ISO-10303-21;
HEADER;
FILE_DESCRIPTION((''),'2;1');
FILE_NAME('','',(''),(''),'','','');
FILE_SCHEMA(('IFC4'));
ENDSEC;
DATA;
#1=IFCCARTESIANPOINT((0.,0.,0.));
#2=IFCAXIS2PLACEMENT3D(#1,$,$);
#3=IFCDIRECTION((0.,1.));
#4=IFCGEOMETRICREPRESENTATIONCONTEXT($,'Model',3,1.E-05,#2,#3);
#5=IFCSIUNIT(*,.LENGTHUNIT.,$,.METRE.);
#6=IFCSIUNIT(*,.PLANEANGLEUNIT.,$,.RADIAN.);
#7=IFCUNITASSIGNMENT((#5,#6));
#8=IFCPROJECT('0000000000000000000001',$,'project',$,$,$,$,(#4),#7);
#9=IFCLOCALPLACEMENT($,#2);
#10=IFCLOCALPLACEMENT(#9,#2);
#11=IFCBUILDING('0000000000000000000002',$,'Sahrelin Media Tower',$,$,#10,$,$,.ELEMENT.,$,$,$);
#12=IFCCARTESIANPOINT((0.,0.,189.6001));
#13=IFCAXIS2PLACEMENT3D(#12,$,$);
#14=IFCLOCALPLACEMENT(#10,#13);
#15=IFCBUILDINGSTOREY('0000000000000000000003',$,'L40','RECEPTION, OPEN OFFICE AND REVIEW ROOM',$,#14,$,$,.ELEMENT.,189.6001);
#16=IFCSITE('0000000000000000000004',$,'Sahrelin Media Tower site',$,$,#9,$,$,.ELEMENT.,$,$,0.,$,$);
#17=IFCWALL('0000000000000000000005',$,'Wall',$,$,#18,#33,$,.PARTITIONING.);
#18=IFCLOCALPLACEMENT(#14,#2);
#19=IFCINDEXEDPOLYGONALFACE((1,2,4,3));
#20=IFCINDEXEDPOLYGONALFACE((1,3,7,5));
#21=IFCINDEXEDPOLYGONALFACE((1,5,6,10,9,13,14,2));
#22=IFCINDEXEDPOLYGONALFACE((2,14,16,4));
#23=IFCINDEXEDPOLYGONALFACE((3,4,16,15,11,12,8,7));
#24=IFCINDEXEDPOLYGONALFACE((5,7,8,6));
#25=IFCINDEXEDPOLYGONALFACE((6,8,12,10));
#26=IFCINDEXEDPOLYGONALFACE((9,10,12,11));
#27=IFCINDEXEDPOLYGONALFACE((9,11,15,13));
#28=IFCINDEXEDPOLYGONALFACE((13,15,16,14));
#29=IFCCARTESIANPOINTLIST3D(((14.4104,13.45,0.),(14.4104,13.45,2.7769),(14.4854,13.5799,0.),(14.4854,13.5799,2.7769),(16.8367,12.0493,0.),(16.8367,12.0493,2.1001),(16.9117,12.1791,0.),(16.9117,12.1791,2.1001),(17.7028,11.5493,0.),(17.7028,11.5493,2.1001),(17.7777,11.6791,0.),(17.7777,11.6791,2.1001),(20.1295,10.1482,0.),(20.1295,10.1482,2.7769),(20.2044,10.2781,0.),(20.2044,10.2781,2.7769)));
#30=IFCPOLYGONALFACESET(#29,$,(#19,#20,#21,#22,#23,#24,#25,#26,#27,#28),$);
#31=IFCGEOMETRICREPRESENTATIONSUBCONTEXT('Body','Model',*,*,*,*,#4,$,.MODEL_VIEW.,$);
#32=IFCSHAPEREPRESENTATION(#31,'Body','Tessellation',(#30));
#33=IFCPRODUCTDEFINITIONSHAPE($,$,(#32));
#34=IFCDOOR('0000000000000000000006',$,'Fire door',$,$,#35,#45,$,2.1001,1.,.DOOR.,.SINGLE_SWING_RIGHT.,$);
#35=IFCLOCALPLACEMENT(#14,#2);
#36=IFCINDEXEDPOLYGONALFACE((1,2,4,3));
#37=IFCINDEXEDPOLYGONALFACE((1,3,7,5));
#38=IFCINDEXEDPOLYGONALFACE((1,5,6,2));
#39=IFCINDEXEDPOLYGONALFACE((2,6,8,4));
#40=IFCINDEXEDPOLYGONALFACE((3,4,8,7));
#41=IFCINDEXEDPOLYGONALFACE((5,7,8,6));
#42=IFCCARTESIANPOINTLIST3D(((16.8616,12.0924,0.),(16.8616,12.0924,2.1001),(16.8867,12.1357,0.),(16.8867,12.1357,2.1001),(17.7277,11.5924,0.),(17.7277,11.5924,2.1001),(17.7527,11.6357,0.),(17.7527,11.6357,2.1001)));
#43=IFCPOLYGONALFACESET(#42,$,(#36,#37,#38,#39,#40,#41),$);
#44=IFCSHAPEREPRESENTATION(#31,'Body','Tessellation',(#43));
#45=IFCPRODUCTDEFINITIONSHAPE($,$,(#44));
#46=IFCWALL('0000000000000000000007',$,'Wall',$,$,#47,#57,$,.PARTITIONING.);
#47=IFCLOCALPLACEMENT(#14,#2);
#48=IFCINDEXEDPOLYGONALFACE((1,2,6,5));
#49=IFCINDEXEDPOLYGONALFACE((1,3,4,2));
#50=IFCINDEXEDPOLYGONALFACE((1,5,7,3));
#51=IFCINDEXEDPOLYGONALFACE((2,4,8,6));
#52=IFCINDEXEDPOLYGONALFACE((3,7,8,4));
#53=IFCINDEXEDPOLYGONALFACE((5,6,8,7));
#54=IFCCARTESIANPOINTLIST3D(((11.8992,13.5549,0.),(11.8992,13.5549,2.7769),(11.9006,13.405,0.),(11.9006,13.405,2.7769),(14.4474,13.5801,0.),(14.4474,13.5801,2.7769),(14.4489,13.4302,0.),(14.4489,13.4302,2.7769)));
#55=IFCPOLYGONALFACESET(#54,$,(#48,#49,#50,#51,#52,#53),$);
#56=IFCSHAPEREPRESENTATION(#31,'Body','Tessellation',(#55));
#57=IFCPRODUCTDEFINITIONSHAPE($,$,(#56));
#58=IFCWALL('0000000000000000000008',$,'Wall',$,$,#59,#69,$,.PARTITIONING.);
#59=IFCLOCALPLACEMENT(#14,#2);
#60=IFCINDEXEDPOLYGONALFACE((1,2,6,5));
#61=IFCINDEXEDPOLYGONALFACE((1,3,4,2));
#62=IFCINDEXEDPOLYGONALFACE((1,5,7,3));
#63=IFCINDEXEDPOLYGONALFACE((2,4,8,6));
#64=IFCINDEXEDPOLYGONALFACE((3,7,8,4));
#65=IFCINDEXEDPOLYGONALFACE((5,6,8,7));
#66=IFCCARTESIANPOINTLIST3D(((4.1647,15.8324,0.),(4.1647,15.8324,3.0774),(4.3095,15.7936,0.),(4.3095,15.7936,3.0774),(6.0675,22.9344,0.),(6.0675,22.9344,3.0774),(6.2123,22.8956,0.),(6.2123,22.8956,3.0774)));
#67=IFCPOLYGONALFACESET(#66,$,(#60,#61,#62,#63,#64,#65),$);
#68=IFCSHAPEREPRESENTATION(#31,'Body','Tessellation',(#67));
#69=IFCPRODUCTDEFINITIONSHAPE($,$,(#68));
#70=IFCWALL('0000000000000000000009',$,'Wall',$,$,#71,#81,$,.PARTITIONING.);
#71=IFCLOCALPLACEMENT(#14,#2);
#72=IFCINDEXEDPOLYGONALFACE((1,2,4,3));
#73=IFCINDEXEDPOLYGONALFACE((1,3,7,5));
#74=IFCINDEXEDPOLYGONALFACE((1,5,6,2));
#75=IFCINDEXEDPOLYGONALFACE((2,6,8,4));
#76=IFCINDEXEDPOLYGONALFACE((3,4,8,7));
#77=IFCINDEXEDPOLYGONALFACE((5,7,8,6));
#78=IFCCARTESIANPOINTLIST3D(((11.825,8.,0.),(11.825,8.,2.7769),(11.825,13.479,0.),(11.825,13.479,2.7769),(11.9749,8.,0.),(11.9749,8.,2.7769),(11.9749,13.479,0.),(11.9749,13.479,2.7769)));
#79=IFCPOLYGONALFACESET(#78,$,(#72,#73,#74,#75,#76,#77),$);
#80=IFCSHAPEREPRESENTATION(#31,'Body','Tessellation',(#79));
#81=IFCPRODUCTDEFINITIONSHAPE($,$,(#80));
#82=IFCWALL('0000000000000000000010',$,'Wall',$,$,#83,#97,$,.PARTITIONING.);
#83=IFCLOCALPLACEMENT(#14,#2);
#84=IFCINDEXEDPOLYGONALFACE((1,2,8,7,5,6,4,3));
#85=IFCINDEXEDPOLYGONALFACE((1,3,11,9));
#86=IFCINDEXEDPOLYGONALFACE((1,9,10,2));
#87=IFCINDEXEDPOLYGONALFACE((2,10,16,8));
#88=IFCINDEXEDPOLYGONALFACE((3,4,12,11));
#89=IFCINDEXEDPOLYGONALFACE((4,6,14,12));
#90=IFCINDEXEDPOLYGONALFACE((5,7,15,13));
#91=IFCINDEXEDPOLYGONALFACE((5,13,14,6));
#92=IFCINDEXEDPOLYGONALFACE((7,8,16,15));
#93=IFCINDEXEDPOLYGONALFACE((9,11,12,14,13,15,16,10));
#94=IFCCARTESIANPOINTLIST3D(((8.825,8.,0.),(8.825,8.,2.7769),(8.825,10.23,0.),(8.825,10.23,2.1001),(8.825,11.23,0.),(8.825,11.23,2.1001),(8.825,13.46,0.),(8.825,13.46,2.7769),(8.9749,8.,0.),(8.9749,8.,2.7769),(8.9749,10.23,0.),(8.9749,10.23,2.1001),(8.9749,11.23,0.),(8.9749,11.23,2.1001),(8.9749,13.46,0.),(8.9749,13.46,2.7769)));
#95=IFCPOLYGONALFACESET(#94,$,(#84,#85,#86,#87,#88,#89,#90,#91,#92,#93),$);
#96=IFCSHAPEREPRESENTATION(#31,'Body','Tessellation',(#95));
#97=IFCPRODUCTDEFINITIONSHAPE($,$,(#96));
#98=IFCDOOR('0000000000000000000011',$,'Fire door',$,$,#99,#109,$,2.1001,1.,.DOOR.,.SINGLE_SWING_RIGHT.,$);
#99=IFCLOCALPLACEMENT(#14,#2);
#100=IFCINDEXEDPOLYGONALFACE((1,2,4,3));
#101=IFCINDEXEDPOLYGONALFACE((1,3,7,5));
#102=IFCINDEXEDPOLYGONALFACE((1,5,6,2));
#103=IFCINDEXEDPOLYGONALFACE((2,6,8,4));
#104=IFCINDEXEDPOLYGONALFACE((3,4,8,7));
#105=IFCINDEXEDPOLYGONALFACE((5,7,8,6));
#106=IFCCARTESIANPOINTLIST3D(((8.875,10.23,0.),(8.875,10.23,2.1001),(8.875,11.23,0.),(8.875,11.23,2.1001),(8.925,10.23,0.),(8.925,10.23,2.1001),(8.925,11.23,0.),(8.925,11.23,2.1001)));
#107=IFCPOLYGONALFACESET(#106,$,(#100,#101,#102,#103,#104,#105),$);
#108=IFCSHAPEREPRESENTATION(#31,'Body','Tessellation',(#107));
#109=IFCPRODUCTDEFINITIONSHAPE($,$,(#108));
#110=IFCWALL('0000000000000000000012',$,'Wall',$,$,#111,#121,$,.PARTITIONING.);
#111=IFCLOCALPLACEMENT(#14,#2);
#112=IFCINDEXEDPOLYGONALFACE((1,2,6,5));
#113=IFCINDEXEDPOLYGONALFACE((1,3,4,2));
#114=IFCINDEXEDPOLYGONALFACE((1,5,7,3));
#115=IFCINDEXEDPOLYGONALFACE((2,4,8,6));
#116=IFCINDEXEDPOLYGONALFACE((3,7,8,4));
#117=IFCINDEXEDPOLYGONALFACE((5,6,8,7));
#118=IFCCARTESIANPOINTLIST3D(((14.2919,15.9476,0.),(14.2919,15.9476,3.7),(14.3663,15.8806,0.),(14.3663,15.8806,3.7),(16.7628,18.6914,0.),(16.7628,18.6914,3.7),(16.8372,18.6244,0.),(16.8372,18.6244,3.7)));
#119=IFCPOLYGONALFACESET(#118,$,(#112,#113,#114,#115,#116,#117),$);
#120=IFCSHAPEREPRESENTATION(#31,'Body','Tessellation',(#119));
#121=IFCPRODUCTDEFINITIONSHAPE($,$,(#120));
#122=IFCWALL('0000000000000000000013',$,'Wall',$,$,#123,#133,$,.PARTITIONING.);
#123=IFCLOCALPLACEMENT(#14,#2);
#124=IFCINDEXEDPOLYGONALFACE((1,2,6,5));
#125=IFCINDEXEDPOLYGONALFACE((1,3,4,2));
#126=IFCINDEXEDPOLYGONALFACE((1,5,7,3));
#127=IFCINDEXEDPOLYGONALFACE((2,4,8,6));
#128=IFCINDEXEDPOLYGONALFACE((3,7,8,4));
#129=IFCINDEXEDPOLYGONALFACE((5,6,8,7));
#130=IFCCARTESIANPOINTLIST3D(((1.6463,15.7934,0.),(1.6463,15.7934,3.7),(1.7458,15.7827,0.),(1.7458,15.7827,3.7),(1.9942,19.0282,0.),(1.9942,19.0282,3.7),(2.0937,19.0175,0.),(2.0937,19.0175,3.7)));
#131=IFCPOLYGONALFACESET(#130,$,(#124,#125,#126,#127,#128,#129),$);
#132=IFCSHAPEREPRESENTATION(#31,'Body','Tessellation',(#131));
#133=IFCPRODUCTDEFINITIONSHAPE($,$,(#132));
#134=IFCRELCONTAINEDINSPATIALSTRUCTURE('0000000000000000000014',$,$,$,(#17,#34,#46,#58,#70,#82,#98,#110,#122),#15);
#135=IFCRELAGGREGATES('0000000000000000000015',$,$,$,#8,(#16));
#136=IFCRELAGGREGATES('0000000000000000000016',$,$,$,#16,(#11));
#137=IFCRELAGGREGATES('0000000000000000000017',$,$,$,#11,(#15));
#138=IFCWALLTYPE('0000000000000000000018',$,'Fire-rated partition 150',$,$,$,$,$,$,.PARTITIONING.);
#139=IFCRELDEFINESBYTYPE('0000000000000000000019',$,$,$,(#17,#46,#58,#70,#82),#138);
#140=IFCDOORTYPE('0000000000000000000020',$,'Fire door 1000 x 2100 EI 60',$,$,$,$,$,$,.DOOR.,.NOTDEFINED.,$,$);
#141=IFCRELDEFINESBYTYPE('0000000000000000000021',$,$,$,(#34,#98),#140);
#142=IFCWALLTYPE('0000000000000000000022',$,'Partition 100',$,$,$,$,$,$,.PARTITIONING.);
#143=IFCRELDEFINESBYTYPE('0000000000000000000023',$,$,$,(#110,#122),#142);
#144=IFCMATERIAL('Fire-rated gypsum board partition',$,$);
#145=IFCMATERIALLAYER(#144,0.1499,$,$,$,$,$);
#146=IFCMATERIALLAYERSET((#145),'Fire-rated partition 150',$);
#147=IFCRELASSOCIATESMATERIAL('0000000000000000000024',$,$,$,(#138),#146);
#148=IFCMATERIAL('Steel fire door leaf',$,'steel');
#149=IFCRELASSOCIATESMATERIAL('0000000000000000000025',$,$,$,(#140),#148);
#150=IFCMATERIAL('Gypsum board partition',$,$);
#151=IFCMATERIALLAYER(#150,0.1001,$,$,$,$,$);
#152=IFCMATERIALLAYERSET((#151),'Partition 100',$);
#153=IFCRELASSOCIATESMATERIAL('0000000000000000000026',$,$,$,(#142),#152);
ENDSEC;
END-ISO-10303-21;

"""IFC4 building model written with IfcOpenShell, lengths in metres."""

from ifc_helpers import new_model, si_unit, direction, frame, frame_2d, origin, place, context, subcontext, project, spatial, rectangle, extrude, material, layer, layer_set, type_object, element, fill, save


model = new_model("IFC4")

# Units and contexts
model_context = context("Model", 3, precision=1e-05, world=origin(), true_north=direction((0.0, 1.0)))
body_context = subcontext(model_context, "Body", "Model", "MODEL_VIEW")
ifc_project = project(units=[si_unit("LENGTHUNIT", "METRE"), si_unit("PLANEANGLEUNIT", "RADIAN")], contexts=[model_context])

# Site, building, storey
site_placement = place(None, origin())
site = spatial("IfcSite", under=ifc_project, at=site_placement, Name="Sahrelin Media Tower site", CompositionType="ELEMENT", RefElevation=0.0)
building_placement = place(site_placement, origin())
building = spatial("IfcBuilding", under=site, at=building_placement, Name="Sahrelin Media Tower", CompositionType="ELEMENT")
storey_placement = place(building_placement, frame((0.0, 0.0, 189.6001)))
storey = spatial("IfcBuildingStorey", under=building, at=storey_placement, Name="L40", Description="RECEPTION, OPEN OFFICE AND REVIEW ROOM", CompositionType="ELEMENT", Elevation=189.6001)

# Wall, opening, door
ifc_material_1 = material(Name="Fire-rated gypsum board partition")
ifc_layer_1 = layer(ifc_material_1, 0.1499)
ifc_layer_set_1 = layer_set([ifc_layer_1], Name="Fire-rated partition 150")
wall_type_1 = type_object("IfcWallType", Name="Fire-rated partition 150", PredefinedType="PARTITIONING", material=ifc_layer_set_1)
wall_1_placement = place(storey_placement, frame((14.448, 13.5149, 0.0), z_axis=(0.0, 0.0, 1.0), x_axis=(0.866032, -0.499988, 0.0)))
wall_1 = element("IfcWall", 1, at=wall_1_placement, inside=storey, type_object=wall_type_1, Name="Wall", PredefinedType="PARTITIONING", context=body_context, shape_type="SweptSolid", body=[
    extrude(rectangle(XDim=6.6038, YDim=0.1499, at=frame_2d((3.3018, 0.0))), origin(), (0.0, 0.0, 1.0), 2.7769),
])
opening_1_placement = place(wall_1_placement, frame((2.8015, 0.0, 0.0)))
opening_1 = element("IfcOpeningElement", 2, at=opening_1_placement, cuts=wall_1, PredefinedType="OPENING", context=body_context, shape_type="SweptSolid", body=[
    extrude(rectangle(XDim=1.0, YDim=2.1001, at=frame_2d((0.5, 1.05))), frame((0.0, 0.075, 0.0), z_axis=(0.0, -1.0, 0.0), x_axis=(1.0, 0.0, 0.0)), (0.0, 0.0, 1.0), 0.1499),
])
ifc_material_2 = material(Name="Steel fire door leaf", Category="steel")
door_type = type_object("IfcDoorType", Name="Fire door 1000 x 2100 EI 60", OperationType="NOTDEFINED", PredefinedType="DOOR", material=ifc_material_2)
door_1_placement = place(opening_1_placement, origin())
door_1 = element("IfcDoor", 3, at=door_1_placement, inside=storey, type_object=door_type, Name="Fire door", OperationType="SINGLE_SWING_RIGHT", OverallHeight=2.1001, OverallWidth=1.0, PredefinedType="DOOR", context=body_context, shape_type="SweptSolid", body=[
    extrude(rectangle(XDim=1.0, YDim=2.1001, at=frame_2d((0.5, 1.05))), frame((0.0, 0.0249, 0.0), z_axis=(0.0, -1.0, 0.0), x_axis=(1.0, 0.0, 0.0)), (0.0, 0.0, 1.0), 0.05),
])
fill(opening_1, door_1)

# Walls
wall_2_placement = place(storey_placement, frame((11.8999, 13.48, 0.0), z_axis=(0.0, 0.0, 1.0), x_axis=(0.999951, 0.009868, 0.0)))
element("IfcWall", 4, at=wall_2_placement, inside=storey, type_object=wall_type_1, Name="Wall", PredefinedType="PARTITIONING", context=body_context, shape_type="SweptSolid", body=[
    extrude(rectangle(XDim=2.5483, YDim=0.1499, at=frame_2d((1.2742, 0.0))), origin(), (0.0, 0.0, 1.0), 2.7769),
])
wall_3_placement = place(storey_placement, frame((4.2371, 15.813, 0.0), z_axis=(0.0, 0.0, 1.0), x_axis=(0.258799, 0.965931, 0.0)))
element("IfcWall", 5, at=wall_3_placement, inside=storey, type_object=wall_type_1, Name="Wall", PredefinedType="PARTITIONING", context=body_context, shape_type="SweptSolid", body=[
    extrude(rectangle(XDim=7.3525, YDim=0.1499, at=frame_2d((3.6763, 0.0))), origin(), (0.0, 0.0, 1.0), 3.0774),
])
wall_4_placement = place(storey_placement, frame((11.8999, 8.0, 0.0), z_axis=(0.0, 0.0, 1.0), x_axis=(0.0, 1.0, 0.0)))
element("IfcWall", 6, at=wall_4_placement, inside=storey, type_object=wall_type_1, Name="Wall", PredefinedType="PARTITIONING", context=body_context, shape_type="SweptSolid", body=[
    extrude(rectangle(XDim=5.479, YDim=0.1499, at=frame_2d((2.7395, 0.0))), origin(), (0.0, 0.0, 1.0), 2.7769),
])

# Wall, opening, door
wall_5_placement = place(storey_placement, frame((8.8999, 8.0, 0.0), z_axis=(0.0, 0.0, 1.0), x_axis=(0.0, 1.0, 0.0)))
wall_5 = element("IfcWall", 7, at=wall_5_placement, inside=storey, type_object=wall_type_1, Name="Wall", PredefinedType="PARTITIONING", context=body_context, shape_type="SweptSolid", body=[
    extrude(rectangle(XDim=5.46, YDim=0.1499, at=frame_2d((2.73, 0.0))), origin(), (0.0, 0.0, 1.0), 2.7769),
])
opening_2_placement = place(wall_5_placement, frame((2.23, 0.0, 0.0)))
opening_2 = element("IfcOpeningElement", 8, at=opening_2_placement, cuts=wall_5, PredefinedType="OPENING", context=body_context, shape_type="SweptSolid", body=[
    extrude(rectangle(XDim=1.0, YDim=2.1001, at=frame_2d((0.5, 1.05))), frame((0.0, 0.075, 0.0), z_axis=(0.0, -1.0, 0.0), x_axis=(1.0, 0.0, 0.0)), (0.0, 0.0, 1.0), 0.1499),
])
door_2_placement = place(opening_2_placement, origin())
door_2 = element("IfcDoor", 9, at=door_2_placement, inside=storey, type_object=door_type, Name="Fire door", OperationType="SINGLE_SWING_RIGHT", OverallHeight=2.1001, OverallWidth=1.0, PredefinedType="DOOR", context=body_context, shape_type="SweptSolid", body=[
    extrude(rectangle(XDim=1.0, YDim=2.1001, at=frame_2d((0.5, 1.05))), frame((0.0, 0.0249, 0.0), z_axis=(0.0, -1.0, 0.0), x_axis=(1.0, 0.0, 0.0)), (0.0, 0.0, 1.0), 0.05),
])
fill(opening_2, door_2)

# Walls
ifc_material_3 = material(Name="Gypsum board partition")
ifc_layer_2 = layer(ifc_material_3, 0.1001)
ifc_layer_set_2 = layer_set([ifc_layer_2], Name="Partition 100")
wall_type_2 = type_object("IfcWallType", Name="Partition 100", PredefinedType="PARTITIONING", material=ifc_layer_set_2)
wall_6_placement = place(storey_placement, frame((14.3291, 15.9141, 0.0), z_axis=(0.0, 0.0, 1.0), x_axis=(0.66918, 0.7431, 0.0)))
element("IfcWall", 10, at=wall_6_placement, inside=storey, type_object=wall_type_2, Name="Wall", PredefinedType="PARTITIONING", context=body_context, shape_type="SweptSolid", body=[
    extrude(rectangle(XDim=3.6924, YDim=0.1001, at=frame_2d((1.8462, 0.0))), origin(), (0.0, 0.0, 1.0), 3.7),
])
wall_7_placement = place(storey_placement, frame((1.696, 15.7881, 0.0), z_axis=(0.0, 0.0, 1.0), x_axis=(0.106931, 0.994266, 0.0)))
element("IfcWall", 11, at=wall_7_placement, inside=storey, type_object=wall_type_2, Name="Wall", PredefinedType="PARTITIONING", context=body_context, shape_type="SweptSolid", body=[
    extrude(rectangle(XDim=3.2534, YDim=0.1001, at=frame_2d((1.6267, 0.0))), origin(), (0.0, 0.0, 1.0), 3.7),
])

save(model, "model.ifc")
